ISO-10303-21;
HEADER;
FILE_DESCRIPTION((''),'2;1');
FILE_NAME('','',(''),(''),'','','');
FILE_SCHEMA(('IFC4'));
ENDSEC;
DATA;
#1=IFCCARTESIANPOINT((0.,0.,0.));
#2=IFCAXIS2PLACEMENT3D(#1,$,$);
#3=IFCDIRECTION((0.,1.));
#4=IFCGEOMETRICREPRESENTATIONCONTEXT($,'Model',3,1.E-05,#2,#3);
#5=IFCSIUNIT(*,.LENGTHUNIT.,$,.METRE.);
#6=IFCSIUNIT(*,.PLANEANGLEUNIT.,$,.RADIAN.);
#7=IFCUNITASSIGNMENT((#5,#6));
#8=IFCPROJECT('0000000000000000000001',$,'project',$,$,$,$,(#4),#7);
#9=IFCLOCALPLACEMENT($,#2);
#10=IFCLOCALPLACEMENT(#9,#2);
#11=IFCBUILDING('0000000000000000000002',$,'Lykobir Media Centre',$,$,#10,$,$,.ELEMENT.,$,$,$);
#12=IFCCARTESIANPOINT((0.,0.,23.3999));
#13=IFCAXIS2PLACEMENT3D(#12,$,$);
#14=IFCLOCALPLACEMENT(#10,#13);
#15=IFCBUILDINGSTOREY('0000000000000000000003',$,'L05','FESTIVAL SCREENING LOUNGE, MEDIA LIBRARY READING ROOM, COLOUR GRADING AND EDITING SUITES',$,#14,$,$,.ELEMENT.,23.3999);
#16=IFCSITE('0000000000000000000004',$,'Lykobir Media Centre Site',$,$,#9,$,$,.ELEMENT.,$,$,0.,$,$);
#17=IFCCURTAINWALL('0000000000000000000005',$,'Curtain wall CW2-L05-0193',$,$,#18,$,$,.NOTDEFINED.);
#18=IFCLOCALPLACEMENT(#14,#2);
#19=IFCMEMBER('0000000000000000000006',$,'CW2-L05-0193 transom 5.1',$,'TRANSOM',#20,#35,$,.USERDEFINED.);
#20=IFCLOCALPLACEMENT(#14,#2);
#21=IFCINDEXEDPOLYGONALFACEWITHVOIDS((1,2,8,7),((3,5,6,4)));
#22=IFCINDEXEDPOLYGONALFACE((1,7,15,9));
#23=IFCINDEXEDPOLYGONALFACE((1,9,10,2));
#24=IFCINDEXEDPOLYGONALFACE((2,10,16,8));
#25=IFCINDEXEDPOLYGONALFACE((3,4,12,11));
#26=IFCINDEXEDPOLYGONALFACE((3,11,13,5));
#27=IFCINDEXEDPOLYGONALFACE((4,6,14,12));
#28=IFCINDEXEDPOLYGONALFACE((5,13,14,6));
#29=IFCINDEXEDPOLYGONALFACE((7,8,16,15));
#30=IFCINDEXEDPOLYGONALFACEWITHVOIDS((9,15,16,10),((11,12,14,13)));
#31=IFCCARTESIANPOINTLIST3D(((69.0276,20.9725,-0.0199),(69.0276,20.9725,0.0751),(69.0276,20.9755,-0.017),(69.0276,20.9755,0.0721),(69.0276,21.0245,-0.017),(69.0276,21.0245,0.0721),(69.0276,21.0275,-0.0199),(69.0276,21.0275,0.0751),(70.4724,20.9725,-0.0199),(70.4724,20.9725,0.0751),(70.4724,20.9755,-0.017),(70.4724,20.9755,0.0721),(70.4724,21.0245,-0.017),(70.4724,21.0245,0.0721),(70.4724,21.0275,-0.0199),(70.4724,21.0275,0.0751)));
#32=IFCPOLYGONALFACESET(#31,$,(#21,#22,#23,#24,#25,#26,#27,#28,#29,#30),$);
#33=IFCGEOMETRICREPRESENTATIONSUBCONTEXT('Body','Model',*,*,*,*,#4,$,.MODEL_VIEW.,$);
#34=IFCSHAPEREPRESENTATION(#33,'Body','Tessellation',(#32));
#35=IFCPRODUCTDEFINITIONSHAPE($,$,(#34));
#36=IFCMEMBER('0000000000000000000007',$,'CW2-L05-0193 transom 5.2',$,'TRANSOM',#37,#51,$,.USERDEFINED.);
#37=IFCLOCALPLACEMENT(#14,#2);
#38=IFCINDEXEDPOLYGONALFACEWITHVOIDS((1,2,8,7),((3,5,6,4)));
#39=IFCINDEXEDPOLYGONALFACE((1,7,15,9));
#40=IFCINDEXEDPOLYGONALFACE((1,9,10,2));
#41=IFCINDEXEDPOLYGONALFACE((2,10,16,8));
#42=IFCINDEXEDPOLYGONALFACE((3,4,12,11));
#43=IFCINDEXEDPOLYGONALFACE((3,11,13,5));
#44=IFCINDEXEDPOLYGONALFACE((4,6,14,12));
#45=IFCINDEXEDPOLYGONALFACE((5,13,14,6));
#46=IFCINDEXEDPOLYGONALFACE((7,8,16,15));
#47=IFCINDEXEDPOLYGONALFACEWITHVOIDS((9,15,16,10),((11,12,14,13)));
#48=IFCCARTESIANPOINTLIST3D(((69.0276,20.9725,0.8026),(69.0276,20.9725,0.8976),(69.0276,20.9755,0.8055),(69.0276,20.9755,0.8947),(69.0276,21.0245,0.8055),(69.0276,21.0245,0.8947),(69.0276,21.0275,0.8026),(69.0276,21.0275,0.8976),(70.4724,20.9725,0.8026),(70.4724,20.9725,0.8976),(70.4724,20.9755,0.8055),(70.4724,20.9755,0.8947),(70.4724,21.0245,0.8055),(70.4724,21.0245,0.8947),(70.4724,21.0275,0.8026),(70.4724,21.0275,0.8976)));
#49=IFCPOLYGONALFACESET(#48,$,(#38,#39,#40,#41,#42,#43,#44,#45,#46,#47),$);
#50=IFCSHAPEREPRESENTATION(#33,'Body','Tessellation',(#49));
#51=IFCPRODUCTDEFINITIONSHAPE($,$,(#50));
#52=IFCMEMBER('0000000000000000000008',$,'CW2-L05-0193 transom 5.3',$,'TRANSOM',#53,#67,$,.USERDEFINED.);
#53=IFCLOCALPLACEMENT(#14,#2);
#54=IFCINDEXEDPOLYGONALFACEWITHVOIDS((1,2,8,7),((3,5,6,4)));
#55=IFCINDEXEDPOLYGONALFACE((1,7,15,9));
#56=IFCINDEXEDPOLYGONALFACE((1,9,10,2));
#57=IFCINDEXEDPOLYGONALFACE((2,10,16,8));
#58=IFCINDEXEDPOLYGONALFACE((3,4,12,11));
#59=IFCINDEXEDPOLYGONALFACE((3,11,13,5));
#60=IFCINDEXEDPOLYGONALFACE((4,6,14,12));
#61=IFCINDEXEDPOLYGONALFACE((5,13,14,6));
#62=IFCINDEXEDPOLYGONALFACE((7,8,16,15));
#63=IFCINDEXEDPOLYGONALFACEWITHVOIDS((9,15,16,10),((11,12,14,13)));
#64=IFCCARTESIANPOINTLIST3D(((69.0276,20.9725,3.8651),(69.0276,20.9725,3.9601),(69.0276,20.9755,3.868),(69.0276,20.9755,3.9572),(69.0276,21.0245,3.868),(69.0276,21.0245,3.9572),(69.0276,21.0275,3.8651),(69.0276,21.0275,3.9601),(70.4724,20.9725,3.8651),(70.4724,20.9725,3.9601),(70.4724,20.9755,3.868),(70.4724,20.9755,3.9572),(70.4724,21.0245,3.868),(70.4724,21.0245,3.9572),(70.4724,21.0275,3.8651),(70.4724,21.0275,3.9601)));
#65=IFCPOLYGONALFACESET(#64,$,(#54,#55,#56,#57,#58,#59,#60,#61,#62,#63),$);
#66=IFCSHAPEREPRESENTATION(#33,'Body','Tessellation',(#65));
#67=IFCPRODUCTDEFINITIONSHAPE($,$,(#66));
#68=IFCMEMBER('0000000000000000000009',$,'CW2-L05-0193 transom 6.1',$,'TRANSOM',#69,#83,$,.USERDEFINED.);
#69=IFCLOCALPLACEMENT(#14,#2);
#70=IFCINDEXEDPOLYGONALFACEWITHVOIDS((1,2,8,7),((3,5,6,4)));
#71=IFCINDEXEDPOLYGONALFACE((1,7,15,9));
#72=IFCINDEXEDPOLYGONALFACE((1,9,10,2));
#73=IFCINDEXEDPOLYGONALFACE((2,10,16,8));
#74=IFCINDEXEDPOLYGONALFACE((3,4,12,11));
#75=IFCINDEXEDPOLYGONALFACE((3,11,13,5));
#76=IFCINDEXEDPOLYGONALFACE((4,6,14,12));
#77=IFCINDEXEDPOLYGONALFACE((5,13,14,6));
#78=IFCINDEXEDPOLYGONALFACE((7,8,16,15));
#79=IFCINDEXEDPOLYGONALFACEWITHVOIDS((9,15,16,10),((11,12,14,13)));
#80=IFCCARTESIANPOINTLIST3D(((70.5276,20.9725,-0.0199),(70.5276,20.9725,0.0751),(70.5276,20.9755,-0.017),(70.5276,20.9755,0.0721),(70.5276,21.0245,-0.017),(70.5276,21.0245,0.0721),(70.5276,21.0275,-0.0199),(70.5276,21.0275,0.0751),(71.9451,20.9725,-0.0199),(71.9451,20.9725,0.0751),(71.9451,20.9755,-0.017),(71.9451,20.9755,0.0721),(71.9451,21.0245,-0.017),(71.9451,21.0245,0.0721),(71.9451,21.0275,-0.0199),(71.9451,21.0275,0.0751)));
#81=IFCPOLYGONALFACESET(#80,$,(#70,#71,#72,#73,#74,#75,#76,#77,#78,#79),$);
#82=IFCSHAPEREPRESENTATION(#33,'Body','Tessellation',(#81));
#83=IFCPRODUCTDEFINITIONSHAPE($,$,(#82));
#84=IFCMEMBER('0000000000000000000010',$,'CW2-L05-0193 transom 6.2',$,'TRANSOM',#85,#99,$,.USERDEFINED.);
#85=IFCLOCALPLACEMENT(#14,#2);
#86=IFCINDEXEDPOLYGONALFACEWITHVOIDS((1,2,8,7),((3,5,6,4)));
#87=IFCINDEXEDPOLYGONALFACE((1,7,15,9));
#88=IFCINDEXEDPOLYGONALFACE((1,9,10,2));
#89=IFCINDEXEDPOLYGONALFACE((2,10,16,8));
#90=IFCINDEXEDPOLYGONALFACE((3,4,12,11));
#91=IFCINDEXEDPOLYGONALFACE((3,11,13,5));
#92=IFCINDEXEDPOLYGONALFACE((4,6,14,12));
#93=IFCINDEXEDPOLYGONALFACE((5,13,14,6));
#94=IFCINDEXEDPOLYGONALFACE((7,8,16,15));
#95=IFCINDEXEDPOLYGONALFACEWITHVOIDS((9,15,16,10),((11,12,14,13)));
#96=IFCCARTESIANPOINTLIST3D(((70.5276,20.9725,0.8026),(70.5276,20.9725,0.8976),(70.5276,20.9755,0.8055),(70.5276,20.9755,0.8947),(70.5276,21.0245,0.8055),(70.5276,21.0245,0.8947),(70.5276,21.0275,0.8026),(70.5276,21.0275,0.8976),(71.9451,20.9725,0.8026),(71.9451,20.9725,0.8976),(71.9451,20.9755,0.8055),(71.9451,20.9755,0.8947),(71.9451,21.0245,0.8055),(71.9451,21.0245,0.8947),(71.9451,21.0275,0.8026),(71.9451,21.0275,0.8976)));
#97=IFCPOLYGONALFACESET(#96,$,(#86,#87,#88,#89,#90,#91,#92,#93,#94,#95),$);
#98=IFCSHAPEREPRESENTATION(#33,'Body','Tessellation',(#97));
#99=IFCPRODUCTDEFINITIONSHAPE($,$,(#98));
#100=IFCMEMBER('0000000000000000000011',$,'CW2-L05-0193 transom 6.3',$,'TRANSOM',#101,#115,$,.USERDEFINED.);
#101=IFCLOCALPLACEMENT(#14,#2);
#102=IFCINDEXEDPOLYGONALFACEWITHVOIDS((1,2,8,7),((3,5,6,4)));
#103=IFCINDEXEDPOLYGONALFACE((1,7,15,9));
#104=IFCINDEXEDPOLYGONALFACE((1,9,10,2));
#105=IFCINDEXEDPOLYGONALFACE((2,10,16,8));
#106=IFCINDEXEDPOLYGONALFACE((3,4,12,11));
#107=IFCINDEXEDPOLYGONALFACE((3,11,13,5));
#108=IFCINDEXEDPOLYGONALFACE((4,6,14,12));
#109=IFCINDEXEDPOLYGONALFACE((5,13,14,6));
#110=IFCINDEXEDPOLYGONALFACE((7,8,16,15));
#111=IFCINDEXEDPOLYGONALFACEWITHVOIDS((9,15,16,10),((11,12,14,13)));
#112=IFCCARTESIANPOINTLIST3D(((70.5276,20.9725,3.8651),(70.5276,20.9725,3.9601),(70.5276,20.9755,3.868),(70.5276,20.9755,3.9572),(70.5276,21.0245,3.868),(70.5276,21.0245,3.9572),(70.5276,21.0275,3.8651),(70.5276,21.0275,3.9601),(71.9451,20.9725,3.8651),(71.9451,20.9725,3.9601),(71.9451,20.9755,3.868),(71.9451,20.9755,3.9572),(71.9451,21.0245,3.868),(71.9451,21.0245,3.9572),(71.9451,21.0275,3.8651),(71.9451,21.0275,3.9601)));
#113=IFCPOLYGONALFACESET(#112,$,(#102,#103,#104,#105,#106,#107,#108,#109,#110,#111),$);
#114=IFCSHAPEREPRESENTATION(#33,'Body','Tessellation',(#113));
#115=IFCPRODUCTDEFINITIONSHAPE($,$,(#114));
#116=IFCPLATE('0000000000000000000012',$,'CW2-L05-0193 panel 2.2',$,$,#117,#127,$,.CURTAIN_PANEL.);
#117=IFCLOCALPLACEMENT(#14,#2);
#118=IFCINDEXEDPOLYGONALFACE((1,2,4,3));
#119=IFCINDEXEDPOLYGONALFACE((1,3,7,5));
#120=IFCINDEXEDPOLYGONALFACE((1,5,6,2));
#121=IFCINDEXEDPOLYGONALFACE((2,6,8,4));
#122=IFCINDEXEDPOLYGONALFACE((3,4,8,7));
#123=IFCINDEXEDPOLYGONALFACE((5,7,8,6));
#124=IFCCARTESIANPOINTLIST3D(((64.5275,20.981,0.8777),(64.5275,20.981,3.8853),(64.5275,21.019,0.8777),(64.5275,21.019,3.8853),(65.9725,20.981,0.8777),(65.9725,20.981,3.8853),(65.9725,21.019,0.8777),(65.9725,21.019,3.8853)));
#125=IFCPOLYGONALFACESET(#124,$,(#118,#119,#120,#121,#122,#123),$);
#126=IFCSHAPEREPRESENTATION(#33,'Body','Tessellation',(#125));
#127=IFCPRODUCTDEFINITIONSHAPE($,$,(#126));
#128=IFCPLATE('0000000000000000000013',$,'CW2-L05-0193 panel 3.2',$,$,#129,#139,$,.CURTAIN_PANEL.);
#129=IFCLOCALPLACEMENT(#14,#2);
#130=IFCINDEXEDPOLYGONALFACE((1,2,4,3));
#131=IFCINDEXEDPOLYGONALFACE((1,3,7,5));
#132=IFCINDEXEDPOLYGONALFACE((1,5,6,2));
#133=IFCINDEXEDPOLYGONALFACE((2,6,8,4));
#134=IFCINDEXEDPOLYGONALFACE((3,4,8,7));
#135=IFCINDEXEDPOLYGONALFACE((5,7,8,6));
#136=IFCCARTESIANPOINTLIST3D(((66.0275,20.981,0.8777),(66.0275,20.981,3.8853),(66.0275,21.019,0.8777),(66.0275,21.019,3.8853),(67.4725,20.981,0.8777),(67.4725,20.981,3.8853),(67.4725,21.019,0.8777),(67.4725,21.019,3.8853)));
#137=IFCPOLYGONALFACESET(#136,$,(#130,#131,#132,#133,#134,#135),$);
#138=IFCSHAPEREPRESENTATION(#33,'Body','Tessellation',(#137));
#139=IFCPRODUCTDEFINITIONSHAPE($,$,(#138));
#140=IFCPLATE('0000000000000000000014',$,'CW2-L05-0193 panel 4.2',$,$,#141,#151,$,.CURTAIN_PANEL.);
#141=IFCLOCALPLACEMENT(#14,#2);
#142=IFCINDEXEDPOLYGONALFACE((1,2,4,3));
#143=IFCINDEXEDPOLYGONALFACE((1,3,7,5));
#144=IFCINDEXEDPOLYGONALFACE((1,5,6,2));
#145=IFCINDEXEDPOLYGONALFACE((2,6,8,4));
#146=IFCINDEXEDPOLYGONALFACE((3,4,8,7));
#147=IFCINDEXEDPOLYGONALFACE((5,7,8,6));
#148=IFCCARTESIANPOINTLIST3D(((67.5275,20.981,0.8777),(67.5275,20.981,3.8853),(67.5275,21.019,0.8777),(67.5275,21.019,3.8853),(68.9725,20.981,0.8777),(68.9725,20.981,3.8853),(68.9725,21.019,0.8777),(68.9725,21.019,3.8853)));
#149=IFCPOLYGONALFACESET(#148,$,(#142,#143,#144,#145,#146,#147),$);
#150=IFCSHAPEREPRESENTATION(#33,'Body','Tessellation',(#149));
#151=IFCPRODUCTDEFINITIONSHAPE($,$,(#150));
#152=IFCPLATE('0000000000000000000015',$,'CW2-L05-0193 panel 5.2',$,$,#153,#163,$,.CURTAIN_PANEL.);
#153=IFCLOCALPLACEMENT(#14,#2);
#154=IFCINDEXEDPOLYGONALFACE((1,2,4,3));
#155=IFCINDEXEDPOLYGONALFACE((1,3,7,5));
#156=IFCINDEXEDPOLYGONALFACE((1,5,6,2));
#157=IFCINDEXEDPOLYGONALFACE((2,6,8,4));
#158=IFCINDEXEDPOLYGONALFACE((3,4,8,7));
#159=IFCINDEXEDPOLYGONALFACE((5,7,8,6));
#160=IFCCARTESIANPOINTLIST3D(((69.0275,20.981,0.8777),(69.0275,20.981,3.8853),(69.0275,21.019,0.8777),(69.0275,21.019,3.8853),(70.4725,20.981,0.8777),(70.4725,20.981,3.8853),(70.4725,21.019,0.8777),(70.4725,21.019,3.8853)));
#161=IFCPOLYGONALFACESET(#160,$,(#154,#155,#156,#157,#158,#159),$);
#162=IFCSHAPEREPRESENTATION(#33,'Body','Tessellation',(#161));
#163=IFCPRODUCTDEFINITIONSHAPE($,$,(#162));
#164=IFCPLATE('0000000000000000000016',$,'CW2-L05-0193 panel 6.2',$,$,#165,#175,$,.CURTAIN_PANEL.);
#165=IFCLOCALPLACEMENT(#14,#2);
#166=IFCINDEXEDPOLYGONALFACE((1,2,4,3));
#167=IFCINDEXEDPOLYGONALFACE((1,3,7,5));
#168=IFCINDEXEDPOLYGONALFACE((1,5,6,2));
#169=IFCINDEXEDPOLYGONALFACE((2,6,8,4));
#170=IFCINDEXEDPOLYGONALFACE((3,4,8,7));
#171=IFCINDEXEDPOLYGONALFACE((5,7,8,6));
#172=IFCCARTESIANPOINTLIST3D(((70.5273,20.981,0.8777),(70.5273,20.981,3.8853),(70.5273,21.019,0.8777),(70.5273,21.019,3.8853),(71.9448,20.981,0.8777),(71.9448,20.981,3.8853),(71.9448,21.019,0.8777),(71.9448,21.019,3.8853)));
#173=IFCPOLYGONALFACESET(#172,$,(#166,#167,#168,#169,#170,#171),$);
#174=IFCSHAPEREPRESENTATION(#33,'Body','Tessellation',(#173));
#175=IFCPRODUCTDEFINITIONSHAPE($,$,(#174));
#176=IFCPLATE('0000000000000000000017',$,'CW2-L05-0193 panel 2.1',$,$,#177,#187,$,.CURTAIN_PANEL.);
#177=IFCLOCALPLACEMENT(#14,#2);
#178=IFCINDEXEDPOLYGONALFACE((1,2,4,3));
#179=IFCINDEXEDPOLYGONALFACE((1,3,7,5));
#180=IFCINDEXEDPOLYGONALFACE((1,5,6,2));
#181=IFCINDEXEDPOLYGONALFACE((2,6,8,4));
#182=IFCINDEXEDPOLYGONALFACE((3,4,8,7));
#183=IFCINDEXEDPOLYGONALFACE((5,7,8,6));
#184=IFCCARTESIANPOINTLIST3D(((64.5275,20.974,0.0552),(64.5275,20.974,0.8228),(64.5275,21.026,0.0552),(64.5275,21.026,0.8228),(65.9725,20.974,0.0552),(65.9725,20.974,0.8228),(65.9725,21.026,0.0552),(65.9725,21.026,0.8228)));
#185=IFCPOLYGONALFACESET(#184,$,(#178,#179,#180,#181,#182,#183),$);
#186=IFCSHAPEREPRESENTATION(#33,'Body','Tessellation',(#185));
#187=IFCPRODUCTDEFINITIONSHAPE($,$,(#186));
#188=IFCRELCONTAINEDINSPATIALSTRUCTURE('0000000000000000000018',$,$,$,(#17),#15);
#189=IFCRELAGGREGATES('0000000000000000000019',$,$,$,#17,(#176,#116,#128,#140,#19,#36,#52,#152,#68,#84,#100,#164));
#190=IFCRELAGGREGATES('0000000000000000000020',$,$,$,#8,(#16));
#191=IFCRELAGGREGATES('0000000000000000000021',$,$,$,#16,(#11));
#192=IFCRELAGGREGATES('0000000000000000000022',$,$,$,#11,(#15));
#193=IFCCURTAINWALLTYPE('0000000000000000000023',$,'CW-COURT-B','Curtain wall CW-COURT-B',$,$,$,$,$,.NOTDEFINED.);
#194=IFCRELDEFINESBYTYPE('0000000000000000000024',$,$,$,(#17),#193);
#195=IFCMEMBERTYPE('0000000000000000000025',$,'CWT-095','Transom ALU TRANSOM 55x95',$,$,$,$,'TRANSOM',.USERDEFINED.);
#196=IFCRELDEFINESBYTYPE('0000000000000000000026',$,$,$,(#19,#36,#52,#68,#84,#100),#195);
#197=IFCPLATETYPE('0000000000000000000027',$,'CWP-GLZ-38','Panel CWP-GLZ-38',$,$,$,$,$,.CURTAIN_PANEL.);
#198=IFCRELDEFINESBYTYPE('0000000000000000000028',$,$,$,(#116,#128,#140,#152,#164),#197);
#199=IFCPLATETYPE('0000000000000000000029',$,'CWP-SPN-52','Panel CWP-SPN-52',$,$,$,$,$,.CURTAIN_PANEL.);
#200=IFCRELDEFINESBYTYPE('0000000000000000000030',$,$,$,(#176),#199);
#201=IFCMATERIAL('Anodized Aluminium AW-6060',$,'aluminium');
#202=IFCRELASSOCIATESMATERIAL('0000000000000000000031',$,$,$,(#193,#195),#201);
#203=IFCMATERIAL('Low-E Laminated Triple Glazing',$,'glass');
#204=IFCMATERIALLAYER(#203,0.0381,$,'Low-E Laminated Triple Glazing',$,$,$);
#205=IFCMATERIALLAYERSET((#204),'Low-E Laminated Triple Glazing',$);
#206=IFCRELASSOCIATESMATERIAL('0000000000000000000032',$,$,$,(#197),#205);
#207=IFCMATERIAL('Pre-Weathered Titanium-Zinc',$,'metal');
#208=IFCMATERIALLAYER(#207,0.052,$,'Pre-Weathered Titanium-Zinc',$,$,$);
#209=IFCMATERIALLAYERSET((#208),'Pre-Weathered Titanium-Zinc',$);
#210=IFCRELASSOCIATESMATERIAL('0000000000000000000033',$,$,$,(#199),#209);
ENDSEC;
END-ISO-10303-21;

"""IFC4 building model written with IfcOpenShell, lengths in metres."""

from ifc_helpers import new_model, si_unit, direction, frame, origin, origin_2d, place, context, subcontext, project, spatial, rectangle, hollow_rectangle, extrude, material, layer, layer_set, material_profile, profile_set, type_object, element, aggregate, save


model = new_model("IFC4")

# Units and contexts
model_context = context("Model", 3, precision=1e-05, world=origin(), true_north=direction((0.0, 1.0)))
body_context = subcontext(model_context, "Body", "Model", "MODEL_VIEW")
ifc_project = project(units=[si_unit("LENGTHUNIT", "METRE"), si_unit("PLANEANGLEUNIT", "RADIAN")], contexts=[model_context])

# Site, building, storey
site_placement = place(None, origin())
site = spatial("IfcSite", under=ifc_project, at=site_placement, Name="Lykobir Media Centre Site", CompositionType="ELEMENT", RefElevation=0.0)
building_placement = place(site_placement, origin())
building = spatial("IfcBuilding", under=site, at=building_placement, Name="Lykobir Media Centre", CompositionType="ELEMENT")
storey_placement = place(building_placement, frame((0.0, 0.0, 23.3999)))
storey = spatial("IfcBuildingStorey", under=building, at=storey_placement, Name="L05", Description="FESTIVAL SCREENING LOUNGE, MEDIA LIBRARY READING ROOM, COLOUR GRADING AND EDITING SUITES", CompositionType="ELEMENT", Elevation=23.3999)

# Curtain wall, members, plates
ifc_material_1 = material(Name="Anodized Aluminium AW-6060", Category="aluminium")
curtain_wall_type = type_object("IfcCurtainWallType", Name="CW-COURT-B", Description="Curtain wall CW-COURT-B", PredefinedType="NOTDEFINED", material=ifc_material_1)
curtain_wall_placement = place(storey_placement, origin())
curtain_wall = element("IfcCurtainWall", 1, at=curtain_wall_placement, inside=storey, type_object=curtain_wall_type, Name="Curtain wall CW2-L05-0193", PredefinedType="NOTDEFINED")
ifc_material_profile_1 = material_profile(ifc_material_1, hollow_rectangle(XDim=0.0549, YDim=0.095, WallThickness=0.0029, at=origin_2d()), Name="ALU TRANSOM 55x95")
ifc_profile_set_1 = profile_set([ifc_material_profile_1], Name="Anodized Aluminium AW-6060")
member_type_1 = type_object("IfcMemberType", Name="CWT-095", Description="Transom ALU TRANSOM 55x95", ElementType="TRANSOM", PredefinedType="USERDEFINED", material=ifc_profile_set_1)
member_1_placement = place(storey_placement, frame((69.0276, 21.0, 0.0276), z_axis=(1.0, 0.0, 0.0), x_axis=(0.0, 1.0, 0.0)))
member_1 = element("IfcMember", 2, at=member_1_placement, type_object=member_type_1, Name="CW2-L05-0193 transom 5.1", ObjectType="TRANSOM", PredefinedType="USERDEFINED", context=body_context, shape_type="SweptSolid", body=[
    extrude(hollow_rectangle(XDim=0.0549, YDim=0.095, WallThickness=0.0029, at=origin_2d()), origin(), (0.0, 0.0, 1.0), 1.4448),
])
member_2_placement = place(storey_placement, frame((69.0276, 21.0, 0.8501), z_axis=(1.0, 0.0, 0.0), x_axis=(0.0, 1.0, 0.0)))
member_2 = element("IfcMember", 3, at=member_2_placement, type_object=member_type_1, Name="CW2-L05-0193 transom 5.2", ObjectType="TRANSOM", PredefinedType="USERDEFINED", context=body_context, shape_type="SweptSolid", body=[
    extrude(hollow_rectangle(XDim=0.0549, YDim=0.095, WallThickness=0.0029, at=origin_2d()), origin(), (0.0, 0.0, 1.0), 1.4448),
])
member_3_placement = place(storey_placement, frame((69.0276, 21.0, 3.9126), z_axis=(1.0, 0.0, 0.0), x_axis=(0.0, 1.0, 0.0)))
member_3 = element("IfcMember", 4, at=member_3_placement, type_object=member_type_1, Name="CW2-L05-0193 transom 5.3", ObjectType="TRANSOM", PredefinedType="USERDEFINED", context=body_context, shape_type="SweptSolid", body=[
    extrude(hollow_rectangle(XDim=0.0549, YDim=0.095, WallThickness=0.0029, at=origin_2d()), origin(), (0.0, 0.0, 1.0), 1.4448),
])
member_4_placement = place(storey_placement, frame((70.5276, 21.0, 0.0276), z_axis=(1.0, 0.0, 0.0), x_axis=(0.0, 1.0, 0.0)))
member_4 = element("IfcMember", 5, at=member_4_placement, type_object=member_type_1, Name="CW2-L05-0193 transom 6.1", ObjectType="TRANSOM", PredefinedType="USERDEFINED", context=body_context, shape_type="SweptSolid", body=[
    extrude(hollow_rectangle(XDim=0.0549, YDim=0.095, WallThickness=0.0029, at=origin_2d()), origin(), (0.0, 0.0, 1.0), 1.4175),
])
member_5_placement = place(storey_placement, frame((70.5276, 21.0, 0.8501), z_axis=(1.0, 0.0, 0.0), x_axis=(0.0, 1.0, 0.0)))
member_5 = element("IfcMember", 6, at=member_5_placement, type_object=member_type_1, Name="CW2-L05-0193 transom 6.2", ObjectType="TRANSOM", PredefinedType="USERDEFINED", context=body_context, shape_type="SweptSolid", body=[
    extrude(hollow_rectangle(XDim=0.0549, YDim=0.095, WallThickness=0.0029, at=origin_2d()), origin(), (0.0, 0.0, 1.0), 1.4175),
])
member_6_placement = place(storey_placement, frame((70.5276, 21.0, 3.9126), z_axis=(1.0, 0.0, 0.0), x_axis=(0.0, 1.0, 0.0)))
member_6 = element("IfcMember", 7, at=member_6_placement, type_object=member_type_1, Name="CW2-L05-0193 transom 6.3", ObjectType="TRANSOM", PredefinedType="USERDEFINED", context=body_context, shape_type="SweptSolid", body=[
    extrude(hollow_rectangle(XDim=0.0549, YDim=0.095, WallThickness=0.0029, at=origin_2d()), origin(), (0.0, 0.0, 1.0), 1.4175),
])
ifc_material_2 = material(Name="Low-E Laminated Triple Glazing", Category="glass")
ifc_layer_1 = layer(ifc_material_2, 0.0381, Name="Low-E Laminated Triple Glazing")
ifc_layer_set_1 = layer_set([ifc_layer_1], Name="Low-E Laminated Triple Glazing")
plate_type_1 = type_object("IfcPlateType", Name="CWP-GLZ-38", Description="Panel CWP-GLZ-38", PredefinedType="CURTAIN_PANEL", material=ifc_layer_set_1)
plate_1_placement = place(storey_placement, frame((65.25, 21.0, 0.8777), z_axis=(0.0, 0.0, 1.0), x_axis=(1.0, 0.0, 0.0)))
plate_1 = element("IfcPlate", 8, at=plate_1_placement, type_object=plate_type_1, Name="CW2-L05-0193 panel 2.2", PredefinedType="CURTAIN_PANEL", context=body_context, shape_type="SweptSolid", body=[
    extrude(rectangle(XDim=1.4451, YDim=0.0381, at=origin_2d()), origin(), (0.0, 0.0, 1.0), 3.0076),
])
plate_2_placement = place(storey_placement, frame((66.75, 21.0, 0.8777), z_axis=(0.0, 0.0, 1.0), x_axis=(1.0, 0.0, 0.0)))
plate_2 = element("IfcPlate", 9, at=plate_2_placement, type_object=plate_type_1, Name="CW2-L05-0193 panel 3.2", PredefinedType="CURTAIN_PANEL", context=body_context, shape_type="SweptSolid", body=[
    extrude(rectangle(XDim=1.4451, YDim=0.0381, at=origin_2d()), origin(), (0.0, 0.0, 1.0), 3.0076),
])
plate_3_placement = place(storey_placement, frame((68.25, 21.0, 0.8777), z_axis=(0.0, 0.0, 1.0), x_axis=(1.0, 0.0, 0.0)))
plate_3 = element("IfcPlate", 10, at=plate_3_placement, type_object=plate_type_1, Name="CW2-L05-0193 panel 4.2", PredefinedType="CURTAIN_PANEL", context=body_context, shape_type="SweptSolid", body=[
    extrude(rectangle(XDim=1.4451, YDim=0.0381, at=origin_2d()), origin(), (0.0, 0.0, 1.0), 3.0076),
])
plate_4_placement = place(storey_placement, frame((69.75, 21.0, 0.8777), z_axis=(0.0, 0.0, 1.0), x_axis=(1.0, 0.0, 0.0)))
plate_4 = element("IfcPlate", 11, at=plate_4_placement, type_object=plate_type_1, Name="CW2-L05-0193 panel 5.2", PredefinedType="CURTAIN_PANEL", context=body_context, shape_type="SweptSolid", body=[
    extrude(rectangle(XDim=1.4451, YDim=0.0381, at=origin_2d()), origin(), (0.0, 0.0, 1.0), 3.0076),
])
plate_5_placement = place(storey_placement, frame((71.2361, 21.0, 0.8777), z_axis=(0.0, 0.0, 1.0), x_axis=(1.0, 0.0, 0.0)))
plate_5 = element("IfcPlate", 12, at=plate_5_placement, type_object=plate_type_1, Name="CW2-L05-0193 panel 6.2", PredefinedType="CURTAIN_PANEL", context=body_context, shape_type="SweptSolid", body=[
    extrude(rectangle(XDim=1.4175, YDim=0.0381, at=origin_2d()), origin(), (0.0, 0.0, 1.0), 3.0076),
])
ifc_material_3 = material(Name="Pre-Weathered Titanium-Zinc", Category="metal")
ifc_layer_2 = layer(ifc_material_3, 0.052, Name="Pre-Weathered Titanium-Zinc")
ifc_layer_set_2 = layer_set([ifc_layer_2], Name="Pre-Weathered Titanium-Zinc")
plate_type_2 = type_object("IfcPlateType", Name="CWP-SPN-52", Description="Panel CWP-SPN-52", PredefinedType="CURTAIN_PANEL", material=ifc_layer_set_2)
plate_6_placement = place(storey_placement, frame((65.25, 21.0, 0.0552), z_axis=(0.0, 0.0, 1.0), x_axis=(1.0, 0.0, 0.0)))
plate_6 = element("IfcPlate", 13, at=plate_6_placement, type_object=plate_type_2, Name="CW2-L05-0193 panel 2.1", PredefinedType="CURTAIN_PANEL", context=body_context, shape_type="SweptSolid", body=[
    extrude(rectangle(XDim=1.4451, YDim=0.052, at=origin_2d()), origin(), (0.0, 0.0, 1.0), 0.7676),
])
aggregate(curtain_wall, [plate_6, plate_1, plate_2, plate_3, member_1, member_2, member_3, plate_4, member_4, member_5, member_6, plate_5])

save(model, "model.ifc")
